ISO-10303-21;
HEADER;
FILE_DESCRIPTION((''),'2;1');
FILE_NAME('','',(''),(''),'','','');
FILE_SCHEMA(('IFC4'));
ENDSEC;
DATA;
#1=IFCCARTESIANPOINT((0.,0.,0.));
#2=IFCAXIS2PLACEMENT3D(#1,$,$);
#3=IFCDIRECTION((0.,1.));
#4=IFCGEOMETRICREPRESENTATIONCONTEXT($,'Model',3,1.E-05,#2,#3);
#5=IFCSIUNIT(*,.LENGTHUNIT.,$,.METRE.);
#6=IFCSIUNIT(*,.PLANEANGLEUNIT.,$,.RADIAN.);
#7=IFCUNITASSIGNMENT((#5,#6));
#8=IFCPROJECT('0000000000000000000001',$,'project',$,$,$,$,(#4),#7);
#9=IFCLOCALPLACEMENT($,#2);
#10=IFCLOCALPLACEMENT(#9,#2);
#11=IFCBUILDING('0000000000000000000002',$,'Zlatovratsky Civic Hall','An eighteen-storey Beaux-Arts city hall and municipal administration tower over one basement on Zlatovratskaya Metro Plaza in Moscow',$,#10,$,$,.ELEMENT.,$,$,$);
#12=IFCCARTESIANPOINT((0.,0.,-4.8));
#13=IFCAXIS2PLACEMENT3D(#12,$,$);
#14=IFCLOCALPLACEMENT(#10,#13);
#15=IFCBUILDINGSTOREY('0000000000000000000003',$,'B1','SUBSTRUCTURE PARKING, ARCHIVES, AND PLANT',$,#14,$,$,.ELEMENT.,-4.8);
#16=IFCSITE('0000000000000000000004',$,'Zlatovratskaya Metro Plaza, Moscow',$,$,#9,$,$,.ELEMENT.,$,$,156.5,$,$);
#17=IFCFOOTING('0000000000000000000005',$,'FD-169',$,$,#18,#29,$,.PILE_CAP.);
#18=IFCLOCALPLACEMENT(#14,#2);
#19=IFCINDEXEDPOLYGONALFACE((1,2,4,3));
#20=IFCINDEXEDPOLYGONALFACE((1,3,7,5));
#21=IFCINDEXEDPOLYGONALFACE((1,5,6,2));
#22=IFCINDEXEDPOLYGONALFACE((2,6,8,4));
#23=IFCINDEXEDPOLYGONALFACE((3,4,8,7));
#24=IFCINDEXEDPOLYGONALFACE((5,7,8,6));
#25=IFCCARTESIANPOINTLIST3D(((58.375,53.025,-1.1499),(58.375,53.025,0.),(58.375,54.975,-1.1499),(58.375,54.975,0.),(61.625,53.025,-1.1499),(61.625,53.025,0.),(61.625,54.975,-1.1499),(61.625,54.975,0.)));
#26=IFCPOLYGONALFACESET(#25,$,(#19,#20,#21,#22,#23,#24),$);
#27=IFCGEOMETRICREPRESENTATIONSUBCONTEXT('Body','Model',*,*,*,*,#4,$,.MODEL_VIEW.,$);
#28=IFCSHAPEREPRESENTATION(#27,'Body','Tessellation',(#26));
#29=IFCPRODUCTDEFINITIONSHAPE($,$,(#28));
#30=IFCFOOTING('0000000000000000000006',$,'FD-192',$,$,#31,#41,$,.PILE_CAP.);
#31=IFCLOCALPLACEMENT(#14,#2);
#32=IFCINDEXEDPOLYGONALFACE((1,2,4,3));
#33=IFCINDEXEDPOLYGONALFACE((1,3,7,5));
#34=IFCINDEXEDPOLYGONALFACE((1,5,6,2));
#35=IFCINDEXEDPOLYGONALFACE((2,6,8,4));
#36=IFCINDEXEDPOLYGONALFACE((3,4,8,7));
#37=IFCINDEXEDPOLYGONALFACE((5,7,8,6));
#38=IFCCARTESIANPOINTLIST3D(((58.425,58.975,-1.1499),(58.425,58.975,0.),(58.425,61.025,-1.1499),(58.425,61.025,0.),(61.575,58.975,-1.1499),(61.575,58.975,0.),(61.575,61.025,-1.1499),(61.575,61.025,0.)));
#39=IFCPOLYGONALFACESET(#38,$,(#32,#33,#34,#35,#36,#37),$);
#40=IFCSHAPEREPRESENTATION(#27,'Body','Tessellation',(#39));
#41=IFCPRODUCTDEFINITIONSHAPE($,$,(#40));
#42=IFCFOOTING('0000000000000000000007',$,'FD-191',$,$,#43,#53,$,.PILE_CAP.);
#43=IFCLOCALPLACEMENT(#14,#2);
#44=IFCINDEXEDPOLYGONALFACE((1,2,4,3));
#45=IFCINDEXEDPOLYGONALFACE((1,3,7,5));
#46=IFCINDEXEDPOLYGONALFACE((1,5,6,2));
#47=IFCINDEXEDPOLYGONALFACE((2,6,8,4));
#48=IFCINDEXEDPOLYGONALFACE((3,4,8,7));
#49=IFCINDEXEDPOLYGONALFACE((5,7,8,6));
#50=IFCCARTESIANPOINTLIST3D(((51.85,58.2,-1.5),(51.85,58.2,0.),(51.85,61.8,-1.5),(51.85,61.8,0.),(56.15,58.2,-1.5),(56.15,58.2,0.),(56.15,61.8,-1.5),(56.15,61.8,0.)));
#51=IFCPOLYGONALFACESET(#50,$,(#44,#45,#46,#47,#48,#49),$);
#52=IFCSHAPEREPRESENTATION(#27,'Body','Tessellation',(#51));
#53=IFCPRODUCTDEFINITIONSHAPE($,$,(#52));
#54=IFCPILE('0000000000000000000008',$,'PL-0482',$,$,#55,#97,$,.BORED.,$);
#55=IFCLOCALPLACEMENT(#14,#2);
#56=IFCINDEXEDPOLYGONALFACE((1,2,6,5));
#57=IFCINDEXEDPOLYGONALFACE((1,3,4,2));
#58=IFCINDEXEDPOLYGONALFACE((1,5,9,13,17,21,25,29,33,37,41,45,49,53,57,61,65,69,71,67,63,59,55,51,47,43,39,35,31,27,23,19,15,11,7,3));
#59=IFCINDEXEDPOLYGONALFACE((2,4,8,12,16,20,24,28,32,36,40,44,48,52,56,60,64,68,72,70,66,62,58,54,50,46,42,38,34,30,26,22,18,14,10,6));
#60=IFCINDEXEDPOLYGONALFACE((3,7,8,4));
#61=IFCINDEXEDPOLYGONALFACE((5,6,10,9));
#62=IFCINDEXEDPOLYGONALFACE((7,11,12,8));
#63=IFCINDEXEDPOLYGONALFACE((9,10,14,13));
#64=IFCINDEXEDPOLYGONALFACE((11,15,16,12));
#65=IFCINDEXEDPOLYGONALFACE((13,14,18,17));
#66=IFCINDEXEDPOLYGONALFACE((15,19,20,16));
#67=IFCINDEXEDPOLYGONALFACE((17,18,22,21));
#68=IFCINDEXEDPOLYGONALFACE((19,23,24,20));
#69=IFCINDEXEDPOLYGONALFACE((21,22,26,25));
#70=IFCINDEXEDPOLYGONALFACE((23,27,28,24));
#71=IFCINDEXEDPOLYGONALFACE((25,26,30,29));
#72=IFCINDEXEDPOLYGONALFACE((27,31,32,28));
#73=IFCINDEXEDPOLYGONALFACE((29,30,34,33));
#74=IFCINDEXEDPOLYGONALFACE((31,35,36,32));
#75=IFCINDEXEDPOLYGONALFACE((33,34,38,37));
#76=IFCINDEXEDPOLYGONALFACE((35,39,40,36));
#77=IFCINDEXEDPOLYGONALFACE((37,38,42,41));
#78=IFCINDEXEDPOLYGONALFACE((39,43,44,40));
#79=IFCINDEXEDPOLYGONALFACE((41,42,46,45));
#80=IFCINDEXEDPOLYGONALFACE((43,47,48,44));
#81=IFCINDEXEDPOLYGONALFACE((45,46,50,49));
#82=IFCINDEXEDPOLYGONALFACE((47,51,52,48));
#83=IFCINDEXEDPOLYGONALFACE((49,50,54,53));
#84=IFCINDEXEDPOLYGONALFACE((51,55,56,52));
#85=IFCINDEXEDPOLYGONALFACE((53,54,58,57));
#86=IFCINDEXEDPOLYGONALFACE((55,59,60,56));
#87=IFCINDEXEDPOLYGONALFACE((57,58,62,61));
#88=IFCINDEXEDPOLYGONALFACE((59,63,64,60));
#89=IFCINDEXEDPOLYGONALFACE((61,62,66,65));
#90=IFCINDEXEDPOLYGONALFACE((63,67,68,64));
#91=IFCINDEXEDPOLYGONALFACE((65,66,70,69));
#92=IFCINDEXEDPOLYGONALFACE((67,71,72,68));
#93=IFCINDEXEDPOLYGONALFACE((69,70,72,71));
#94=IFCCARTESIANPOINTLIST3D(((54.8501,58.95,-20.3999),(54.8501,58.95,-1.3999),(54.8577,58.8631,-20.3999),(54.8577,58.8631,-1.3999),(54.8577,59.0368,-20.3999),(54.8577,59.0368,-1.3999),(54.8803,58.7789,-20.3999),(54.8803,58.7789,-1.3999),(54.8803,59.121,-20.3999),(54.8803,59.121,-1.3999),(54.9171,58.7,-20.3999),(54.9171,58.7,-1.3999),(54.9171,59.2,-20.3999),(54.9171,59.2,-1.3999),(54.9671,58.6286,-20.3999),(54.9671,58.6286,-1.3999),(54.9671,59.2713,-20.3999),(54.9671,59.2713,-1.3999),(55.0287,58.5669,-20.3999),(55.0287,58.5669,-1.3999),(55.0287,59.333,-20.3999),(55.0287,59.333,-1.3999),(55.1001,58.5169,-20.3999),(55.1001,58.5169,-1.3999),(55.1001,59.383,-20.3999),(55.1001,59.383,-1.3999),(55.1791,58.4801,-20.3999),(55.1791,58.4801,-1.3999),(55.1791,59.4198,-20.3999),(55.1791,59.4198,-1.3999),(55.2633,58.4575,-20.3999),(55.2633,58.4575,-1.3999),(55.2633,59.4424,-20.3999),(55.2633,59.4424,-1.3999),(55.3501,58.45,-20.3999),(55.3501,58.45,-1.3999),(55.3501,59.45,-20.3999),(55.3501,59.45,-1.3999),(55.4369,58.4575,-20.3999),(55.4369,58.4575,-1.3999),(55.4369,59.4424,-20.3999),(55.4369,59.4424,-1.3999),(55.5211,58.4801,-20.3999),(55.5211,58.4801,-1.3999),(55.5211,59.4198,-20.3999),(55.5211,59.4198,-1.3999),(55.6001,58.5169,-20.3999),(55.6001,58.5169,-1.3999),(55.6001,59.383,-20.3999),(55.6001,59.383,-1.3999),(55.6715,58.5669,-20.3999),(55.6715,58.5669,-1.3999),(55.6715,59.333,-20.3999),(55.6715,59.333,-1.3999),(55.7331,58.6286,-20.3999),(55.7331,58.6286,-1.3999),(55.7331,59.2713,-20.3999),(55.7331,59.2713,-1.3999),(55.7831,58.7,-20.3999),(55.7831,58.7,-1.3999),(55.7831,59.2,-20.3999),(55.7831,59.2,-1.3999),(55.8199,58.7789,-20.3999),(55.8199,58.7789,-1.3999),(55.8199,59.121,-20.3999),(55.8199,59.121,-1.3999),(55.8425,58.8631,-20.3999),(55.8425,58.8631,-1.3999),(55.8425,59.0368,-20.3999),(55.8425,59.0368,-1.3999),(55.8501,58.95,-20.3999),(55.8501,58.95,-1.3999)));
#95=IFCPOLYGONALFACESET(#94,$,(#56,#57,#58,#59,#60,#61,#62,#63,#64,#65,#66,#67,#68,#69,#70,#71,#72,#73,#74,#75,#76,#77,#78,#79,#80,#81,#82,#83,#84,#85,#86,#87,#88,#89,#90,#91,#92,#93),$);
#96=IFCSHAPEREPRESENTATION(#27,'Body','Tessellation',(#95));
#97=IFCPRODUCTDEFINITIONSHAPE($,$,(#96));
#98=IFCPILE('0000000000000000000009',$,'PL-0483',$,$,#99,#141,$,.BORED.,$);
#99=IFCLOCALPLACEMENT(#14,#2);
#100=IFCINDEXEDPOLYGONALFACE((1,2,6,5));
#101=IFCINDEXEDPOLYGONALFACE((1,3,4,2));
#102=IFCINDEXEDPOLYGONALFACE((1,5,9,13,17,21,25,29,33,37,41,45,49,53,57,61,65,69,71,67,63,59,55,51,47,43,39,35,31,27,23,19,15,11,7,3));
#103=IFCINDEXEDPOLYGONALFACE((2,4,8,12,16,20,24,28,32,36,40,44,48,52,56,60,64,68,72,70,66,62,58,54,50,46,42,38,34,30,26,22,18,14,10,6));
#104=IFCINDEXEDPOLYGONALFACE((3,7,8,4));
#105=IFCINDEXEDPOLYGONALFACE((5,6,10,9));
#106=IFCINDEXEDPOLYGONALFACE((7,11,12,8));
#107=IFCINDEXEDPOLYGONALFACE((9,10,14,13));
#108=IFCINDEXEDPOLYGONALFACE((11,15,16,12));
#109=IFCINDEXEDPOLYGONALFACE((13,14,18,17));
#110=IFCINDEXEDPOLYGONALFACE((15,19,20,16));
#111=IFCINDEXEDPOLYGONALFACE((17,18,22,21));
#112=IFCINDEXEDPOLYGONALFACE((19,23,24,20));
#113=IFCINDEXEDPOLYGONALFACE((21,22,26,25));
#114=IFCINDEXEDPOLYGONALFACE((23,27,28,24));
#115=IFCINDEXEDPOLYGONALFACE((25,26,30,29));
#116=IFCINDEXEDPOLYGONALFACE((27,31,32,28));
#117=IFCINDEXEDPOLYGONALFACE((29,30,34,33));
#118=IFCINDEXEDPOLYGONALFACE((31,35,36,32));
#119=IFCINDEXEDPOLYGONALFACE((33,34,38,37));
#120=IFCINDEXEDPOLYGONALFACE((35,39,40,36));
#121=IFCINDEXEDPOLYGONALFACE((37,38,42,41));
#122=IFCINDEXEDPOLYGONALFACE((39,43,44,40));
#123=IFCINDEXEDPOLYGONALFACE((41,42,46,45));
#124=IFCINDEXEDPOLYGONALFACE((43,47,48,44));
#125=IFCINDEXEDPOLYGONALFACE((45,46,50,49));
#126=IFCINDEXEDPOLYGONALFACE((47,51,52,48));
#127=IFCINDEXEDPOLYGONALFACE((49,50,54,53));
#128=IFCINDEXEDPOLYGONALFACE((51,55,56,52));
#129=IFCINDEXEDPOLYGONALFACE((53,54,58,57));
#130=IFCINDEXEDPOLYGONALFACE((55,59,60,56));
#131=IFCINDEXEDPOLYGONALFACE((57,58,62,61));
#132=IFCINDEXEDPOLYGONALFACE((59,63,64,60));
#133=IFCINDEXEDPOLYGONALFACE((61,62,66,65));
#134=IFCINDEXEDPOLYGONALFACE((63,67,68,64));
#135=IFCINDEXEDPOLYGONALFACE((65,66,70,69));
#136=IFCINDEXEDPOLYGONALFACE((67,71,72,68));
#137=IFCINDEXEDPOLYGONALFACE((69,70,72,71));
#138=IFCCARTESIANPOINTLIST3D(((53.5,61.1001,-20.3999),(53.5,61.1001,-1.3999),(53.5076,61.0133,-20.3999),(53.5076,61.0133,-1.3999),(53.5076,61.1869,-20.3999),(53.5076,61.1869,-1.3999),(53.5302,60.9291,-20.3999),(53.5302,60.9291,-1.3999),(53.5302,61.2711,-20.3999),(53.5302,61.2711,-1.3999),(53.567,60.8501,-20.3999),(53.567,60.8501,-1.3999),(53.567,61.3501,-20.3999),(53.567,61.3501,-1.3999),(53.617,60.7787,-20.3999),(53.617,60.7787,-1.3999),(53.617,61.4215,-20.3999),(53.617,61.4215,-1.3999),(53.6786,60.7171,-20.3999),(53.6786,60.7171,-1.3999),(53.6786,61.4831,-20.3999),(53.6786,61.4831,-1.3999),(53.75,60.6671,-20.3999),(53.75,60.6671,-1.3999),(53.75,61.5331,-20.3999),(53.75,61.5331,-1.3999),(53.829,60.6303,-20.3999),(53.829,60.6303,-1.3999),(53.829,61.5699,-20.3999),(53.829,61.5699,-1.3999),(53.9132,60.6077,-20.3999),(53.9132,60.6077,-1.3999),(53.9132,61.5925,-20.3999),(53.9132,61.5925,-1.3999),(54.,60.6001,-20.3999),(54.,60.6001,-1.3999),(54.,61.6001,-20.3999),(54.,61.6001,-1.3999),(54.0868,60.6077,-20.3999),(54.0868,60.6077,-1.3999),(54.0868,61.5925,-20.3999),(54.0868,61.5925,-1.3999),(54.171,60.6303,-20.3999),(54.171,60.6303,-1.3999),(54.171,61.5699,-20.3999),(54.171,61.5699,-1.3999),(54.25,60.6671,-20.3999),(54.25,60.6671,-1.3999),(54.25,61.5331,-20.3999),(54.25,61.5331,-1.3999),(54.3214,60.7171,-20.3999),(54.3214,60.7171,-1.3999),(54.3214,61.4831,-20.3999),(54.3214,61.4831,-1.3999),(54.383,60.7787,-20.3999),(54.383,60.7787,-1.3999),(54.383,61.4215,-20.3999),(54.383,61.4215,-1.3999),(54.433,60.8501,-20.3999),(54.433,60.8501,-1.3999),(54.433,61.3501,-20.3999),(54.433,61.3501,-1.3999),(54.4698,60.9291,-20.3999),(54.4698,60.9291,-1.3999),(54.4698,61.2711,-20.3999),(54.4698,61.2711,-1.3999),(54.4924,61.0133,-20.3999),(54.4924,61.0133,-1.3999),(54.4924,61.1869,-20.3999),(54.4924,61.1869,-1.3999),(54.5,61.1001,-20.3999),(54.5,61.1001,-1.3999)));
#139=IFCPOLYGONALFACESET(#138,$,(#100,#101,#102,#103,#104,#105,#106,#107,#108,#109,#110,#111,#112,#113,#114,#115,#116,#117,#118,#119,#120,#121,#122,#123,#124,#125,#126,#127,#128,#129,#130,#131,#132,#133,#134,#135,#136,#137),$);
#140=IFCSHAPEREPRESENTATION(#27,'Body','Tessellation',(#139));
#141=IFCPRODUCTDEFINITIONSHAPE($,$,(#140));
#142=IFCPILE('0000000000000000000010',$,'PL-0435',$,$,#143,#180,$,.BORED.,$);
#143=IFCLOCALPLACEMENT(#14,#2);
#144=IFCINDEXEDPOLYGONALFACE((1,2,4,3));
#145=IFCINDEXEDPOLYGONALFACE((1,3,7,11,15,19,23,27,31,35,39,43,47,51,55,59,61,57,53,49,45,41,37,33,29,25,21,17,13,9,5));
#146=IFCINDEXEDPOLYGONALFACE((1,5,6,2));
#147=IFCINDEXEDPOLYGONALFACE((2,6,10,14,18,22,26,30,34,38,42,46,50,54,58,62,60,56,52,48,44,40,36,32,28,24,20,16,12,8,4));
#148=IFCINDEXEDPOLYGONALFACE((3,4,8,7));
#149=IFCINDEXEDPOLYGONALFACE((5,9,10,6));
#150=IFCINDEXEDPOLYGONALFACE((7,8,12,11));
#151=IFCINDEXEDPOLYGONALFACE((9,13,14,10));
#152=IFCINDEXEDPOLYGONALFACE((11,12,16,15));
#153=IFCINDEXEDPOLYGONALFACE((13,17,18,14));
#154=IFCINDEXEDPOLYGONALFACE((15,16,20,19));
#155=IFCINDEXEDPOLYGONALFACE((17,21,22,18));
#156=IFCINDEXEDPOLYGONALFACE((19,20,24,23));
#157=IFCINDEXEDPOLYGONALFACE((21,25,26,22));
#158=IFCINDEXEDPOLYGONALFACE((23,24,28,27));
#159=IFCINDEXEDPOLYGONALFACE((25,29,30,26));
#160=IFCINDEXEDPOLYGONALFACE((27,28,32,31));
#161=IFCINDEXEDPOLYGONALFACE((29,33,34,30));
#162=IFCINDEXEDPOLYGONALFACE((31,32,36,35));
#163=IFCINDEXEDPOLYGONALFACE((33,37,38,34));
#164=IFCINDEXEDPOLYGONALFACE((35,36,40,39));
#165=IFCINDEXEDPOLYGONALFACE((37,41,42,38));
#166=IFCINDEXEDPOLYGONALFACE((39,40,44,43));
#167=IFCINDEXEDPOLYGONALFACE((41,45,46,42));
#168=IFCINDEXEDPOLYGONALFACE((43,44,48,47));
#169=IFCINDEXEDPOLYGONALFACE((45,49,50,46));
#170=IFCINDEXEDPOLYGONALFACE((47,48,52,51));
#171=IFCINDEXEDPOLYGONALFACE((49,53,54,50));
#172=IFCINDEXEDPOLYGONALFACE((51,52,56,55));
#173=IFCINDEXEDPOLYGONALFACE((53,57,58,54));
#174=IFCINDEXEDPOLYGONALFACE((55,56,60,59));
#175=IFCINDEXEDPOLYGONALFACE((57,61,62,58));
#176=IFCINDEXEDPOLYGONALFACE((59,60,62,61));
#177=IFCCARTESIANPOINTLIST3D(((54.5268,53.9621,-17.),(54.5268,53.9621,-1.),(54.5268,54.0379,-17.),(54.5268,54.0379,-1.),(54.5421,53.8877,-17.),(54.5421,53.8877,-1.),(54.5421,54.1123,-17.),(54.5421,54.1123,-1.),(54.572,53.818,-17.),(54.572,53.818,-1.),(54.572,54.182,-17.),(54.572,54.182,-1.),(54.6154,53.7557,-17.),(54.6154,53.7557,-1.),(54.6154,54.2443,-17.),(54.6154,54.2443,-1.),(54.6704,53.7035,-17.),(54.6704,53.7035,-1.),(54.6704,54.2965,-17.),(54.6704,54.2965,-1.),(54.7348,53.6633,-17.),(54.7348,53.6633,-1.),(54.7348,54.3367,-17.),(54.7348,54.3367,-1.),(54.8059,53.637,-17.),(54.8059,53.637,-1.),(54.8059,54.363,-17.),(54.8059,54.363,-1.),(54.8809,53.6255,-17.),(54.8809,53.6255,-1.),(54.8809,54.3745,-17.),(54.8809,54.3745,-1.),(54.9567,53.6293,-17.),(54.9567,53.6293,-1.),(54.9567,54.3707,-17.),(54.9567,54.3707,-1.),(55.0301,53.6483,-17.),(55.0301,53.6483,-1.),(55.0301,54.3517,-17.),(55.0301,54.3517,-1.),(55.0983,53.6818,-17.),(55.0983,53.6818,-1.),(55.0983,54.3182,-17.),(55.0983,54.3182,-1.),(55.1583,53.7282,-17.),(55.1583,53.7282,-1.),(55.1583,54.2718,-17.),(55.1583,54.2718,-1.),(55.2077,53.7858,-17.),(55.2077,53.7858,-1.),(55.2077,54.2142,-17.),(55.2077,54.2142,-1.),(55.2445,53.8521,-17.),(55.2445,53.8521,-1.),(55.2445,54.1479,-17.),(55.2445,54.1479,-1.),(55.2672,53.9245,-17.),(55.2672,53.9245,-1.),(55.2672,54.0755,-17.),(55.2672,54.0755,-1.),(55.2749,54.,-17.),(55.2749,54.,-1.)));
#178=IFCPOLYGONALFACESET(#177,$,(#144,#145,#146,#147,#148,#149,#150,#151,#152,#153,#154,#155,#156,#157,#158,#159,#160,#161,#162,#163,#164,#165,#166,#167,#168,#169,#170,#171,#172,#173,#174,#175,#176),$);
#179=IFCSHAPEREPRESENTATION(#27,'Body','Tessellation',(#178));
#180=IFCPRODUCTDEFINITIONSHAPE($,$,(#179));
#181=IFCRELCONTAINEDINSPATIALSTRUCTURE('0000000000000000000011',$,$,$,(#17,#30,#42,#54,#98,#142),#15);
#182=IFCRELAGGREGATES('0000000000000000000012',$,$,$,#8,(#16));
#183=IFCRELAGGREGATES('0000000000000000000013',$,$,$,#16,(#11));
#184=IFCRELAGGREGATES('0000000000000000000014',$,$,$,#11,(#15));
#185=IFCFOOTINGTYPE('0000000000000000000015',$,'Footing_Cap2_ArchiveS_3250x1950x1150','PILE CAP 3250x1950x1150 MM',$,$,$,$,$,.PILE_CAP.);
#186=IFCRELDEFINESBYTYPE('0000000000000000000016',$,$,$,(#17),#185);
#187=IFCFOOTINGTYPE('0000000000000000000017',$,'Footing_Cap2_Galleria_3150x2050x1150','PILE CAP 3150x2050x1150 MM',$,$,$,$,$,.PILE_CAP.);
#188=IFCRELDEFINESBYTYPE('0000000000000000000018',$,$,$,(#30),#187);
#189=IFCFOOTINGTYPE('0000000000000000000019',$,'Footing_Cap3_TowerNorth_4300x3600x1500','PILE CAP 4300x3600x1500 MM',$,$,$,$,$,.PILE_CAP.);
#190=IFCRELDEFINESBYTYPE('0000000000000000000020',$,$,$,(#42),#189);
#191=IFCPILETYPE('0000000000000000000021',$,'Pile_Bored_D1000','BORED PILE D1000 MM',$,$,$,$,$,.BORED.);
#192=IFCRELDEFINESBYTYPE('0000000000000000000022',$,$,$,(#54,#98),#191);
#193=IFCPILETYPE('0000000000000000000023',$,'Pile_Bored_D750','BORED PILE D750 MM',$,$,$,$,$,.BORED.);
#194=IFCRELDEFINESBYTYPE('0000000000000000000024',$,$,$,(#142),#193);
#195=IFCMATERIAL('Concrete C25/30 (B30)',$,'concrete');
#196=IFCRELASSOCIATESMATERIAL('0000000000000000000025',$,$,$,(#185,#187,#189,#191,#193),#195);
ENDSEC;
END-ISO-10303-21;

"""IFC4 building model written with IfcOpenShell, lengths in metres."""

from ifc_helpers import new_model, si_unit, direction, frame, origin, origin_2d, place, context, subcontext, project, spatial, rectangle, circle, extrude, material, material_profile, profile_set, type_object, element, save


model = new_model("IFC4")

# Units and contexts
model_context = context("Model", 3, precision=1e-05, world=origin(), true_north=direction((0.0, 1.0)))
body_context = subcontext(model_context, "Body", "Model", "MODEL_VIEW")
ifc_project = project(units=[si_unit("LENGTHUNIT", "METRE"), si_unit("PLANEANGLEUNIT", "RADIAN")], contexts=[model_context])

# Site, building, storey
site_placement = place(None, origin())
site = spatial("IfcSite", under=ifc_project, at=site_placement, Name="Zlatovratskaya Metro Plaza, Moscow", CompositionType="ELEMENT", RefElevation=156.5)
building_placement = place(site_placement, origin())
building = spatial("IfcBuilding", under=site, at=building_placement, Name="Zlatovratsky Civic Hall", Description="An eighteen-storey Beaux-Arts city hall and municipal administration tower over one basement on Zlatovratskaya Metro Plaza in Moscow", CompositionType="ELEMENT")
storey_placement = place(building_placement, frame((0.0, 0.0, -4.8)))
storey = spatial("IfcBuildingStorey", under=building, at=storey_placement, Name="B1", Description="SUBSTRUCTURE PARKING, ARCHIVES, AND PLANT", CompositionType="ELEMENT", Elevation=-4.8)

# Footings
ifc_material_1 = material(Name="Concrete C25/30 (B30)", Category="concrete")
footing_type_1 = type_object("IfcFootingType", Name="Footing_Cap2_ArchiveS_3250x1950x1150", Description="PILE CAP 3250x1950x1150 MM", PredefinedType="PILE_CAP", material=ifc_material_1)
footing_1_placement = place(storey_placement, frame((60.0, 54.0, -1.1499), z_axis=(0.0, 0.0, 1.0), x_axis=(1.0, 0.0, 0.0)))
element("IfcFooting", 1, at=footing_1_placement, inside=storey, type_object=footing_type_1, Name="FD-169", PredefinedType="PILE_CAP", context=body_context, shape_type="SweptSolid", body=[
    extrude(rectangle(XDim=3.25, YDim=1.95, at=origin_2d()), origin(), (0.0, 0.0, 1.0), 1.1499),
])
footing_type_2 = type_object("IfcFootingType", Name="Footing_Cap2_Galleria_3150x2050x1150", Description="PILE CAP 3150x2050x1150 MM", PredefinedType="PILE_CAP", material=ifc_material_1)
footing_2_placement = place(storey_placement, frame((60.0, 60.0, -1.1499), z_axis=(0.0, 0.0, 1.0), x_axis=(1.0, 0.0, 0.0)))
element("IfcFooting", 2, at=footing_2_placement, inside=storey, type_object=footing_type_2, Name="FD-192", PredefinedType="PILE_CAP", context=body_context, shape_type="SweptSolid", body=[
    extrude(rectangle(XDim=3.1499, YDim=2.05, at=origin_2d()), origin(), (0.0, 0.0, 1.0), 1.1499),
])
footing_type_3 = type_object("IfcFootingType", Name="Footing_Cap3_TowerNorth_4300x3600x1500", Description="PILE CAP 4300x3600x1500 MM", PredefinedType="PILE_CAP", material=ifc_material_1)
footing_3_placement = place(storey_placement, frame((54.0, 60.0, -1.5), z_axis=(0.0, 0.0, 1.0), x_axis=(1.0, 0.0, 0.0)))
element("IfcFooting", 3, at=footing_3_placement, inside=storey, type_object=footing_type_3, Name="FD-191", PredefinedType="PILE_CAP", context=body_context, shape_type="SweptSolid", body=[
    extrude(rectangle(XDim=4.3, YDim=3.6001, at=origin_2d()), origin(), (0.0, 0.0, 1.0), 1.5),
])

# Piles
ifc_material_profile_1 = material_profile(ifc_material_1, circle(Radius=0.5, at=origin_2d()), Name="PILE D1000")
ifc_profile_set_1 = profile_set([ifc_material_profile_1], Name="Concrete C25/30 (B30)")
pile_type_1 = type_object("IfcPileType", Name="Pile_Bored_D1000", Description="BORED PILE D1000 MM", PredefinedType="BORED", material=ifc_profile_set_1)
for number, where, z_axis, x_axis, name in (
    (4, (55.3501, 58.95, -1.3999), (0.0, 0.0, -1.0), (1.0, 0.0, 0.0), "PL-0482"),
    (5, (54.0, 61.1001, -1.3999), (0.0, 0.0, -1.0), (1.0, 0.0, 0.0), "PL-0483"),
):
    element("IfcPile", number, at=place(storey_placement, frame(where, z_axis=z_axis, x_axis=x_axis)), inside=storey, type_object=pile_type_1, Name=name, PredefinedType="BORED", context=body_context, shape_type="SweptSolid", body=[
        extrude(circle(Radius=0.5, at=origin_2d()), origin(), (0.0, 0.0, 1.0), 19.0),
    ])
ifc_material_profile_2 = material_profile(ifc_material_1, circle(Radius=0.375, at=origin_2d()), Name="PILE D750")
ifc_profile_set_2 = profile_set([ifc_material_profile_2], Name="Concrete C25/30 (B30)")
pile_type_2 = type_object("IfcPileType", Name="Pile_Bored_D750", Description="BORED PILE D750 MM", PredefinedType="BORED", material=ifc_profile_set_2)
for number, where, z_axis, x_axis, name in (
    (6, (54.8999, 54.0, -1.0), (0.0, 0.0, -1.0), (1.0, 0.0, 0.0), "PL-0435"),
):
    element("IfcPile", number, at=place(storey_placement, frame(where, z_axis=z_axis, x_axis=x_axis)), inside=storey, type_object=pile_type_2, Name=name, PredefinedType="BORED", context=body_context, shape_type="SweptSolid", body=[
        extrude(circle(Radius=0.375, at=origin_2d()), origin(), (0.0, 0.0, 1.0), 16.0),
    ])

save(model, "model.ifc")
